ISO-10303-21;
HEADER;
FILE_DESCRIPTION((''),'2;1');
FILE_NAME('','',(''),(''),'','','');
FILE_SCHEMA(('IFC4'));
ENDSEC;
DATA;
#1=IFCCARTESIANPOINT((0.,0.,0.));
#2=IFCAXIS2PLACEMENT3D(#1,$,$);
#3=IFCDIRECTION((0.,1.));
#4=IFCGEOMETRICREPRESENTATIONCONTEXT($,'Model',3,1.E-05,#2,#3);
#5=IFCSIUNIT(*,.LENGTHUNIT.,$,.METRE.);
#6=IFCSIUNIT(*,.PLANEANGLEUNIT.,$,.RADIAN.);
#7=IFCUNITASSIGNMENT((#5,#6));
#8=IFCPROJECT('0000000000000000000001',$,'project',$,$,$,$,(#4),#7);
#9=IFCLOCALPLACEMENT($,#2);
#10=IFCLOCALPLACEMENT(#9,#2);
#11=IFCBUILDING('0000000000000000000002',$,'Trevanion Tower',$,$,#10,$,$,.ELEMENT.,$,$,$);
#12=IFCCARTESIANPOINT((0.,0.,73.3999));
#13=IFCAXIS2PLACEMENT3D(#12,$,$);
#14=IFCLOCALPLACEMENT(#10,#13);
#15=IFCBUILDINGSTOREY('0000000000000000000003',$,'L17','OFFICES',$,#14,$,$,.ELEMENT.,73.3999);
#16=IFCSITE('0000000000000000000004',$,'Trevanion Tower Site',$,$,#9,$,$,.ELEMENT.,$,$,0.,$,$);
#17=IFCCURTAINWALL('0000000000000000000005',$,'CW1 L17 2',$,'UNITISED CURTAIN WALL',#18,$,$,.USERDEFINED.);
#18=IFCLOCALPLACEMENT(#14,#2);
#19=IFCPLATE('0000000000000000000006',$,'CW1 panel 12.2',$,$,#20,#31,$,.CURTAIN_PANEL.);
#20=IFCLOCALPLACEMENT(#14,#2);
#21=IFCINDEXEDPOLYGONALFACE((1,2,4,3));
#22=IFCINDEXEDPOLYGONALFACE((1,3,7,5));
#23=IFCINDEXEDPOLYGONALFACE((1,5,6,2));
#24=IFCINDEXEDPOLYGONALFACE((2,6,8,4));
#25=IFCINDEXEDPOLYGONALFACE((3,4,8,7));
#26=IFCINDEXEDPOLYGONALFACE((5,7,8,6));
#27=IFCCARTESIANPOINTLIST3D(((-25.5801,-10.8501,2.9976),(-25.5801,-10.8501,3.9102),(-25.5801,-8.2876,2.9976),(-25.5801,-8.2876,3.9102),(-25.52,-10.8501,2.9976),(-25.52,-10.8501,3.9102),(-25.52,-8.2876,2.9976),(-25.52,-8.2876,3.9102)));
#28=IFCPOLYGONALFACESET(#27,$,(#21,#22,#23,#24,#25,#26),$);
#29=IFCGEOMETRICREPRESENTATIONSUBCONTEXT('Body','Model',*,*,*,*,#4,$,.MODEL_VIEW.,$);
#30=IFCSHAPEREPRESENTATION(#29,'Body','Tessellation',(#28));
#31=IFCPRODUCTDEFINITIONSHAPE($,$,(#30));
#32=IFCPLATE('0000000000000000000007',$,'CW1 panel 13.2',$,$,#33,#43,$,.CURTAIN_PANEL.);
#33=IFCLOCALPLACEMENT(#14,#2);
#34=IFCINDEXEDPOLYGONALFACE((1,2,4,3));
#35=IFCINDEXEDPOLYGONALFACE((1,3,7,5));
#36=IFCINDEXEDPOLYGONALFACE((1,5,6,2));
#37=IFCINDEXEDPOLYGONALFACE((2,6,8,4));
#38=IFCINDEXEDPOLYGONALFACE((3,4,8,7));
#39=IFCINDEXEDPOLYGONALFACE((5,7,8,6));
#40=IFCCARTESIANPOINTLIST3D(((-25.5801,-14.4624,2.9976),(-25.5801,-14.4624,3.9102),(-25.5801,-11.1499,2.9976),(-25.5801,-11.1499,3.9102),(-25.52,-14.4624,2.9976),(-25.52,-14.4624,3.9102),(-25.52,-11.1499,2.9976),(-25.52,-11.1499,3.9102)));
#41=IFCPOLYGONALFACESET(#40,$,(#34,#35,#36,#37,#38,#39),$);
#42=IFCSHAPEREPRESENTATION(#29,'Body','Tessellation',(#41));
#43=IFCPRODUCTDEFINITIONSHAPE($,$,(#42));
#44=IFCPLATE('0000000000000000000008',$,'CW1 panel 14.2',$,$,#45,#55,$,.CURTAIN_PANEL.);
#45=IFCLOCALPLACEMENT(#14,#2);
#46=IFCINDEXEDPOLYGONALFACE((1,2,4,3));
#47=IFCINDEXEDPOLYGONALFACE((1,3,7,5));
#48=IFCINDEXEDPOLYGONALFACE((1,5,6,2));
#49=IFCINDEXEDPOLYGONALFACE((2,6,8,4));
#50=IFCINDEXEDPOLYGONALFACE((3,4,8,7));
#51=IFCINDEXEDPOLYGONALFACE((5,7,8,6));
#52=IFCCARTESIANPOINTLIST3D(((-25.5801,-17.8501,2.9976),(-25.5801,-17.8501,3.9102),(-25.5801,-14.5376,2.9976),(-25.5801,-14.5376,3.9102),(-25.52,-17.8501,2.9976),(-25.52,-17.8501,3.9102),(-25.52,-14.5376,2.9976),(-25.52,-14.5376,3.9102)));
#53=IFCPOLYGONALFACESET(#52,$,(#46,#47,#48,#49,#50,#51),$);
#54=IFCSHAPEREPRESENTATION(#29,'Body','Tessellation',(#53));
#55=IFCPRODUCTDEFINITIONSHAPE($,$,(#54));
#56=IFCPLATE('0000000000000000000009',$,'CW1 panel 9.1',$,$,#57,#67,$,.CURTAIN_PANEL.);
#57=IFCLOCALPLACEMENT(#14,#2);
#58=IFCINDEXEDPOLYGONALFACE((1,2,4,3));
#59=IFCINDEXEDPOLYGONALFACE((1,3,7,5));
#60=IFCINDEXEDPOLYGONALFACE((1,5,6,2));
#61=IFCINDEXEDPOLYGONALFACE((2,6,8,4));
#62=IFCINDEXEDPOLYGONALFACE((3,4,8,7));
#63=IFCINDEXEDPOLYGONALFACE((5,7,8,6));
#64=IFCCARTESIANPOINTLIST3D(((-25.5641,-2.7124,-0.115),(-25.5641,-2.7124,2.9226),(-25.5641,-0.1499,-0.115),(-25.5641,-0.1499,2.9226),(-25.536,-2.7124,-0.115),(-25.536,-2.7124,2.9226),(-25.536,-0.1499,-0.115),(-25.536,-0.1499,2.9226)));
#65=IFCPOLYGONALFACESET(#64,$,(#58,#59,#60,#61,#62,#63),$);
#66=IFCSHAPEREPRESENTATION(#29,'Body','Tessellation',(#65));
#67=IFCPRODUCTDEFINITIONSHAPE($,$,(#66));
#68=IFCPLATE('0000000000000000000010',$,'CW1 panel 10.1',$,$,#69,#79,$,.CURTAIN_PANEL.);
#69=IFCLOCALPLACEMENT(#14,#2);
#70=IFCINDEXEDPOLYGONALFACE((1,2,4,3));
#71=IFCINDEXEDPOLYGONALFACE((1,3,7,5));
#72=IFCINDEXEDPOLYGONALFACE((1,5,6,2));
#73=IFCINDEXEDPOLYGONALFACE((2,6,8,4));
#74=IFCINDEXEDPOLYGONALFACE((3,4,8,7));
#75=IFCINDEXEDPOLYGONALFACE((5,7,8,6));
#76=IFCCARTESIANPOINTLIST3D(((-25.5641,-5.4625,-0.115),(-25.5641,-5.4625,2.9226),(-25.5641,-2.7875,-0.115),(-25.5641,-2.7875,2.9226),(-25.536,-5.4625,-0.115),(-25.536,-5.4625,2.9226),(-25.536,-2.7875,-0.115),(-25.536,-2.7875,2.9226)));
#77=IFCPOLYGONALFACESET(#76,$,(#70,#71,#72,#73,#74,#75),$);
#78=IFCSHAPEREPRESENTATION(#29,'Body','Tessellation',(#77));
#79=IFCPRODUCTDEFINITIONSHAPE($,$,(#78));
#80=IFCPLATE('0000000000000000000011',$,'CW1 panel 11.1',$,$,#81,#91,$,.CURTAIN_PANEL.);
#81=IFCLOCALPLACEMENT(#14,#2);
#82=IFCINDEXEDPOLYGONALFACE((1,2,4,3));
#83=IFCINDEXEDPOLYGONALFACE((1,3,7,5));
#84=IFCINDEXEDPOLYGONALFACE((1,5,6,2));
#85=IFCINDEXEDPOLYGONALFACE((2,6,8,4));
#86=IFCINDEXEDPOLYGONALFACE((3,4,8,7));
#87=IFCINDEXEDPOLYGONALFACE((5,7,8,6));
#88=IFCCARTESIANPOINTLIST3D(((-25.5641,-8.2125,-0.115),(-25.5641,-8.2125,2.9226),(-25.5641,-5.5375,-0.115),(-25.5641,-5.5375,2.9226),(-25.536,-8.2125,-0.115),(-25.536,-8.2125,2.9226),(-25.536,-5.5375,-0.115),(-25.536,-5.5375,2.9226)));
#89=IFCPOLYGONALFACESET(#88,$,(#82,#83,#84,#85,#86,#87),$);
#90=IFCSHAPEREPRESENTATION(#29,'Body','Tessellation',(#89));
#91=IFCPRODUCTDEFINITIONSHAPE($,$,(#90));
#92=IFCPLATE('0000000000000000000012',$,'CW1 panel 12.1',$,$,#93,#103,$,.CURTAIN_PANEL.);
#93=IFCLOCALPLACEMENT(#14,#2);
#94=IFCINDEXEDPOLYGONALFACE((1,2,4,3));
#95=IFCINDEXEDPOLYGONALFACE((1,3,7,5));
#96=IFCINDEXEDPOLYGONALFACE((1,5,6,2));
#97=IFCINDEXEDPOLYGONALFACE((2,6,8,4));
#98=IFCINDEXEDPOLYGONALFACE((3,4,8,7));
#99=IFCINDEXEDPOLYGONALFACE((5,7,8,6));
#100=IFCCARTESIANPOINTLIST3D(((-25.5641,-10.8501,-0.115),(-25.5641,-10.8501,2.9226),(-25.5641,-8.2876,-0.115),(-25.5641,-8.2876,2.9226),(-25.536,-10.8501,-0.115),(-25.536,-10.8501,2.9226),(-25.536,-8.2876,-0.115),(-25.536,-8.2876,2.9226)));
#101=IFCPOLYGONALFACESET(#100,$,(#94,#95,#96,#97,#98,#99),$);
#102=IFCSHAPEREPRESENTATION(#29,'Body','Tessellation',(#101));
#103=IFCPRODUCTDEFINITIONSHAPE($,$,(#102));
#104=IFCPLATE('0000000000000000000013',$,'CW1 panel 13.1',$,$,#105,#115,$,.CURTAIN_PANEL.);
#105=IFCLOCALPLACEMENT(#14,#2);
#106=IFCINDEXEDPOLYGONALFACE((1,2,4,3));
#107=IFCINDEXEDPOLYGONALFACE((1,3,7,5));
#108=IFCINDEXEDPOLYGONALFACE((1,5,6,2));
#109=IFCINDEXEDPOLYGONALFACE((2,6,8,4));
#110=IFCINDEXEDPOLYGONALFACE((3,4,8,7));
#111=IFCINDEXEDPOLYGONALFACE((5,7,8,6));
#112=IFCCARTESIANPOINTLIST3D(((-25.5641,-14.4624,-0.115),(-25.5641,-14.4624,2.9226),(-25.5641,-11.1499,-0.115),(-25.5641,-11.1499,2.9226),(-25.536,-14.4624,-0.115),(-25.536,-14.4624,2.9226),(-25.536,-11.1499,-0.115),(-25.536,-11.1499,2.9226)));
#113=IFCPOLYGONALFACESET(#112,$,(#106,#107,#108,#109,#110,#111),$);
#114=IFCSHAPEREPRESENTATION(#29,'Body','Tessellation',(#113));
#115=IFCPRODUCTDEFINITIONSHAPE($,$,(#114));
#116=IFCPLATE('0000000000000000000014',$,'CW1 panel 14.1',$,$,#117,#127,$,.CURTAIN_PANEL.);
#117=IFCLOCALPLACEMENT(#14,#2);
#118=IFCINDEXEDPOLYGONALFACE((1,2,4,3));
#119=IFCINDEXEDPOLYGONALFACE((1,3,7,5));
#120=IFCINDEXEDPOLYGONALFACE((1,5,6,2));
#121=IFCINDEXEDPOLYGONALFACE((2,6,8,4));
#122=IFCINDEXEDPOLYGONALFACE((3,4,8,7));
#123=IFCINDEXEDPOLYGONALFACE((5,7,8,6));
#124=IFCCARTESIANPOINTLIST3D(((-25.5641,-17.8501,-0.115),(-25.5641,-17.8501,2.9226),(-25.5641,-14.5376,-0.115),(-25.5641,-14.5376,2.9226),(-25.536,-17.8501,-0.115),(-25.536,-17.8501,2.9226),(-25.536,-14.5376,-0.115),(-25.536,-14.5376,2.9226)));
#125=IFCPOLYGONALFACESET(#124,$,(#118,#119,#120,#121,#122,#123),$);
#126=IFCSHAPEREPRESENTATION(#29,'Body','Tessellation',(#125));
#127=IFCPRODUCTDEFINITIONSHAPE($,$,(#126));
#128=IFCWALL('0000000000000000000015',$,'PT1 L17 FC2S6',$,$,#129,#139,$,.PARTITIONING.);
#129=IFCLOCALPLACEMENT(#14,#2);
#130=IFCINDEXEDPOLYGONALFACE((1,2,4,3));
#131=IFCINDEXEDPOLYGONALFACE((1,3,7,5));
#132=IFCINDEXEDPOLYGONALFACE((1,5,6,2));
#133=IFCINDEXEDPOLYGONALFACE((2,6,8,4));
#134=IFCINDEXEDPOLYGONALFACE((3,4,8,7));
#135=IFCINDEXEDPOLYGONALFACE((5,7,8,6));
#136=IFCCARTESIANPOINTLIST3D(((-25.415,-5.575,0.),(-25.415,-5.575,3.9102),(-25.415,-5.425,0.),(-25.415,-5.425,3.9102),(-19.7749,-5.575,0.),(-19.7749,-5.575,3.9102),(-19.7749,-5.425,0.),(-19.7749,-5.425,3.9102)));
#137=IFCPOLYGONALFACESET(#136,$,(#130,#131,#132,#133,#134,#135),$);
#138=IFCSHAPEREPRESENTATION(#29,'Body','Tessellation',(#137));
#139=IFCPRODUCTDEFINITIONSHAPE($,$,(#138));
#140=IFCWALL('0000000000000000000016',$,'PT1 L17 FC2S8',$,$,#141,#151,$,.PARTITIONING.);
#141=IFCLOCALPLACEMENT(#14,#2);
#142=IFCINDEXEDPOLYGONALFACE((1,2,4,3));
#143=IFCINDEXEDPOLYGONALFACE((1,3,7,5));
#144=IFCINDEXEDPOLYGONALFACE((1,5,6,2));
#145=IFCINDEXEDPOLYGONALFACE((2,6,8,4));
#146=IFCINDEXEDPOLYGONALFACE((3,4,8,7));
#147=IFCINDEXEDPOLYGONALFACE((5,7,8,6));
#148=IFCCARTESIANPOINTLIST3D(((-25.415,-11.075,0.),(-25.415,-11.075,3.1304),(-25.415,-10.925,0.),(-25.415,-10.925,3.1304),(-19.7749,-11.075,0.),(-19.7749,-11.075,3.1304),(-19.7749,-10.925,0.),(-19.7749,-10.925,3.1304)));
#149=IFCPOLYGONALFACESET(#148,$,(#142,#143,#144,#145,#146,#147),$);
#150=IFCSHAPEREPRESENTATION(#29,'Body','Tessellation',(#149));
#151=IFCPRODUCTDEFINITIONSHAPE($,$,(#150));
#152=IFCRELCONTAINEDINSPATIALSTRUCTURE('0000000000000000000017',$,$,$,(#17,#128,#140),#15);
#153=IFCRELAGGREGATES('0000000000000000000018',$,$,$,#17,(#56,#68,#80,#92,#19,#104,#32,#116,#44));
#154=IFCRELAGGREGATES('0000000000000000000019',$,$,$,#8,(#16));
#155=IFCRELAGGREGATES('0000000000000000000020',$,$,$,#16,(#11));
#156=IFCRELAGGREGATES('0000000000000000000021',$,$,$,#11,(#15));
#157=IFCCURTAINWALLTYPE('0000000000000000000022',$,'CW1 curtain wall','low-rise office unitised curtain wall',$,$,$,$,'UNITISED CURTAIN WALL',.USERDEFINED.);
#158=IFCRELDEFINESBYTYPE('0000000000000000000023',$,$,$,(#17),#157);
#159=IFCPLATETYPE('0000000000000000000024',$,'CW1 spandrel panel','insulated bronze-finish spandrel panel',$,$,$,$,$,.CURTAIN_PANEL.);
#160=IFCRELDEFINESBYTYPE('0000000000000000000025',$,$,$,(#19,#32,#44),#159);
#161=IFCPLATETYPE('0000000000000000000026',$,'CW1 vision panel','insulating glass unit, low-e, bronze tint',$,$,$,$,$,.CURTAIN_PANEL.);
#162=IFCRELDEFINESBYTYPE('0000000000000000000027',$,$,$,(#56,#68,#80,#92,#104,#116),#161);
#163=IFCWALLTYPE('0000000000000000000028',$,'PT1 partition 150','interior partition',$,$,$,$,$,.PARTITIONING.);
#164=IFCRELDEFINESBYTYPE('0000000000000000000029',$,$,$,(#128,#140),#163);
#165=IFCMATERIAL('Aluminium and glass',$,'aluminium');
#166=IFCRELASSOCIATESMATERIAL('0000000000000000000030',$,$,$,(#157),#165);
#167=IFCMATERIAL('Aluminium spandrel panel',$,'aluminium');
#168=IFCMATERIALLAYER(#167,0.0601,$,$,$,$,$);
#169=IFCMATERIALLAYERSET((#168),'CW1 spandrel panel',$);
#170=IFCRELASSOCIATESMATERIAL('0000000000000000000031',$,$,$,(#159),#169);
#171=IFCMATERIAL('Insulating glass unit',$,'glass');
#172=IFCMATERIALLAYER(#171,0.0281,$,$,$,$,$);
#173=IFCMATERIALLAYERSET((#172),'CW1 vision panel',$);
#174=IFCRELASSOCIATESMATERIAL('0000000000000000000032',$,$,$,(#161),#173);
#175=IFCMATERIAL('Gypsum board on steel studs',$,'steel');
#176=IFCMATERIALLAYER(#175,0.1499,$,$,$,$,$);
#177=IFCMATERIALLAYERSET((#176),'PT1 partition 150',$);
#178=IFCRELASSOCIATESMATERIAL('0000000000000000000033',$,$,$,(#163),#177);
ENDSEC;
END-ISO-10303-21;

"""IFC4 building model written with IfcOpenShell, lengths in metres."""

from ifc_helpers import new_model, si_unit, direction, frame, frame_2d, origin, origin_2d, place, context, subcontext, project, spatial, rectangle, extrude, material, layer, layer_set, type_object, element, aggregate, save


model = new_model("IFC4")

# Units and contexts
model_context = context("Model", 3, precision=1e-05, world=origin(), true_north=direction((0.0, 1.0)))
body_context = subcontext(model_context, "Body", "Model", "MODEL_VIEW")
ifc_project = project(units=[si_unit("LENGTHUNIT", "METRE"), si_unit("PLANEANGLEUNIT", "RADIAN")], contexts=[model_context])

# Site, building, storey
site_placement = place(None, origin())
site = spatial("IfcSite", under=ifc_project, at=site_placement, Name="Trevanion Tower Site", CompositionType="ELEMENT", RefElevation=0.0)
building_placement = place(site_placement, origin())
building = spatial("IfcBuilding", under=site, at=building_placement, Name="Trevanion Tower", CompositionType="ELEMENT")
storey_placement = place(building_placement, frame((0.0, 0.0, 73.3999)))
storey = spatial("IfcBuildingStorey", under=building, at=storey_placement, Name="L17", Description="OFFICES", CompositionType="ELEMENT", Elevation=73.3999)

# Curtain wall
ifc_material_1 = material(Name="Aluminium and glass", Category="aluminium")
curtain_wall_type = type_object("IfcCurtainWallType", Name="CW1 curtain wall", Description="low-rise office unitised curtain wall", ElementType="UNITISED CURTAIN WALL", PredefinedType="USERDEFINED", material=ifc_material_1)
curtain_wall_placement = place(storey_placement, origin())
curtain_wall = element("IfcCurtainWall", 1, at=curtain_wall_placement, inside=storey, type_object=curtain_wall_type, Name="CW1 L17 2", ObjectType="UNITISED CURTAIN WALL", PredefinedType="USERDEFINED")

# Plates
ifc_material_2 = material(Name="Aluminium spandrel panel", Category="aluminium")
ifc_layer_1 = layer(ifc_material_2, 0.0601)
ifc_layer_set_1 = layer_set([ifc_layer_1], Name="CW1 spandrel panel")
plate_type_1 = type_object("IfcPlateType", Name="CW1 spandrel panel", Description="insulated bronze-finish spandrel panel", PredefinedType="CURTAIN_PANEL", material=ifc_layer_set_1)
plate_1_placement = place(storey_placement, frame((-25.55, -9.5688, 2.9976), z_axis=(0.0, 0.0, 1.0), x_axis=(0.0, -1.0, 0.0)))
plate_1 = element("IfcPlate", 2, at=plate_1_placement, type_object=plate_type_1, Name="CW1 panel 12.2", PredefinedType="CURTAIN_PANEL", context=body_context, shape_type="SweptSolid", body=[
    extrude(rectangle(XDim=2.5625, YDim=0.0601, at=origin_2d()), origin(), (0.0, 0.0, 1.0), 0.9126),
])
plate_2_placement = place(storey_placement, frame((-25.55, -12.8062, 2.9976), z_axis=(0.0, 0.0, 1.0), x_axis=(0.0, -1.0, 0.0)))
plate_2 = element("IfcPlate", 3, at=plate_2_placement, type_object=plate_type_1, Name="CW1 panel 13.2", PredefinedType="CURTAIN_PANEL", context=body_context, shape_type="SweptSolid", body=[
    extrude(rectangle(XDim=3.3125, YDim=0.0601, at=origin_2d()), origin(), (0.0, 0.0, 1.0), 0.9126),
])
plate_3_placement = place(storey_placement, frame((-25.55, -16.1938, 2.9976), z_axis=(0.0, 0.0, 1.0), x_axis=(0.0, -1.0, 0.0)))
plate_3 = element("IfcPlate", 4, at=plate_3_placement, type_object=plate_type_1, Name="CW1 panel 14.2", PredefinedType="CURTAIN_PANEL", context=body_context, shape_type="SweptSolid", body=[
    extrude(rectangle(XDim=3.3125, YDim=0.0601, at=origin_2d()), origin(), (0.0, 0.0, 1.0), 0.9126),
])
ifc_material_3 = material(Name="Insulating glass unit", Category="glass")
ifc_layer_2 = layer(ifc_material_3, 0.0281)
ifc_layer_set_2 = layer_set([ifc_layer_2], Name="CW1 vision panel")
plate_type_2 = type_object("IfcPlateType", Name="CW1 vision panel", Description="insulating glass unit, low-e, bronze tint", PredefinedType="CURTAIN_PANEL", material=ifc_layer_set_2)
plate_4_placement = place(storey_placement, frame((-25.55, -1.4312, -0.115), z_axis=(0.0, 0.0, 1.0), x_axis=(0.0, -1.0, 0.0)))
plate_4 = element("IfcPlate", 5, at=plate_4_placement, type_object=plate_type_2, Name="CW1 panel 9.1", PredefinedType="CURTAIN_PANEL", context=body_context, shape_type="SweptSolid", body=[
    extrude(rectangle(XDim=2.5625, YDim=0.0281, at=origin_2d()), origin(), (0.0, 0.0, 1.0), 3.0376),
])
plate_5_placement = place(storey_placement, frame((-25.55, -4.125, -0.115), z_axis=(0.0, 0.0, 1.0), x_axis=(0.0, -1.0, 0.0)))
plate_5 = element("IfcPlate", 6, at=plate_5_placement, type_object=plate_type_2, Name="CW1 panel 10.1", PredefinedType="CURTAIN_PANEL", context=body_context, shape_type="SweptSolid", body=[
    extrude(rectangle(XDim=2.675, YDim=0.0281, at=origin_2d()), origin(), (0.0, 0.0, 1.0), 3.0376),
])
plate_6_placement = place(storey_placement, frame((-25.55, -6.875, -0.115), z_axis=(0.0, 0.0, 1.0), x_axis=(0.0, -1.0, 0.0)))
plate_6 = element("IfcPlate", 7, at=plate_6_placement, type_object=plate_type_2, Name="CW1 panel 11.1", PredefinedType="CURTAIN_PANEL", context=body_context, shape_type="SweptSolid", body=[
    extrude(rectangle(XDim=2.675, YDim=0.0281, at=origin_2d()), origin(), (0.0, 0.0, 1.0), 3.0376),
])
plate_7_placement = place(storey_placement, frame((-25.55, -9.5688, -0.115), z_axis=(0.0, 0.0, 1.0), x_axis=(0.0, -1.0, 0.0)))
plate_7 = element("IfcPlate", 8, at=plate_7_placement, type_object=plate_type_2, Name="CW1 panel 12.1", PredefinedType="CURTAIN_PANEL", context=body_context, shape_type="SweptSolid", body=[
    extrude(rectangle(XDim=2.5625, YDim=0.0281, at=origin_2d()), origin(), (0.0, 0.0, 1.0), 3.0376),
])
plate_8_placement = place(storey_placement, frame((-25.55, -12.8062, -0.115), z_axis=(0.0, 0.0, 1.0), x_axis=(0.0, -1.0, 0.0)))
plate_8 = element("IfcPlate", 9, at=plate_8_placement, type_object=plate_type_2, Name="CW1 panel 13.1", PredefinedType="CURTAIN_PANEL", context=body_context, shape_type="SweptSolid", body=[
    extrude(rectangle(XDim=3.3125, YDim=0.0281, at=origin_2d()), origin(), (0.0, 0.0, 1.0), 3.0376),
])
plate_9_placement = place(storey_placement, frame((-25.55, -16.1938, -0.115), z_axis=(0.0, 0.0, 1.0), x_axis=(0.0, -1.0, 0.0)))
plate_9 = element("IfcPlate", 10, at=plate_9_placement, type_object=plate_type_2, Name="CW1 panel 14.1", PredefinedType="CURTAIN_PANEL", context=body_context, shape_type="SweptSolid", body=[
    extrude(rectangle(XDim=3.3125, YDim=0.0281, at=origin_2d()), origin(), (0.0, 0.0, 1.0), 3.0376),
])
aggregate(curtain_wall, [plate_4, plate_5, plate_6, plate_7, plate_1, plate_8, plate_2, plate_9, plate_3])

# Walls
ifc_material_4 = material(Name="Gypsum board on steel studs", Category="steel")
ifc_layer_3 = layer(ifc_material_4, 0.1499)
ifc_layer_set_3 = layer_set([ifc_layer_3], Name="PT1 partition 150")
wall_type = type_object("IfcWallType", Name="PT1 partition 150", Description="interior partition", PredefinedType="PARTITIONING", material=ifc_layer_set_3)
wall_1_placement = place(storey_placement, frame((-19.7749, -5.5, 0.0), z_axis=(0.0, 0.0, 1.0), x_axis=(-1.0, 0.0, 0.0)))
element("IfcWall", 11, at=wall_1_placement, inside=storey, type_object=wall_type, Name="PT1 L17 FC2S6", PredefinedType="PARTITIONING", context=body_context, shape_type="SweptSolid", body=[
    extrude(rectangle(XDim=5.6401, YDim=0.1499, at=frame_2d((2.8201, 0.0))), origin(), (0.0, 0.0, 1.0), 3.9102),
])
wall_2_placement = place(storey_placement, frame((-19.7749, -11.0, 0.0), z_axis=(0.0, 0.0, 1.0), x_axis=(-1.0, 0.0, 0.0)))
element("IfcWall", 12, at=wall_2_placement, inside=storey, type_object=wall_type, Name="PT1 L17 FC2S8", PredefinedType="PARTITIONING", context=body_context, shape_type="SweptSolid", body=[
    extrude(rectangle(XDim=5.6401, YDim=0.1499, at=frame_2d((2.8201, 0.0))), origin(), (0.0, 0.0, 1.0), 3.1304),
])

save(model, "model.ifc")
